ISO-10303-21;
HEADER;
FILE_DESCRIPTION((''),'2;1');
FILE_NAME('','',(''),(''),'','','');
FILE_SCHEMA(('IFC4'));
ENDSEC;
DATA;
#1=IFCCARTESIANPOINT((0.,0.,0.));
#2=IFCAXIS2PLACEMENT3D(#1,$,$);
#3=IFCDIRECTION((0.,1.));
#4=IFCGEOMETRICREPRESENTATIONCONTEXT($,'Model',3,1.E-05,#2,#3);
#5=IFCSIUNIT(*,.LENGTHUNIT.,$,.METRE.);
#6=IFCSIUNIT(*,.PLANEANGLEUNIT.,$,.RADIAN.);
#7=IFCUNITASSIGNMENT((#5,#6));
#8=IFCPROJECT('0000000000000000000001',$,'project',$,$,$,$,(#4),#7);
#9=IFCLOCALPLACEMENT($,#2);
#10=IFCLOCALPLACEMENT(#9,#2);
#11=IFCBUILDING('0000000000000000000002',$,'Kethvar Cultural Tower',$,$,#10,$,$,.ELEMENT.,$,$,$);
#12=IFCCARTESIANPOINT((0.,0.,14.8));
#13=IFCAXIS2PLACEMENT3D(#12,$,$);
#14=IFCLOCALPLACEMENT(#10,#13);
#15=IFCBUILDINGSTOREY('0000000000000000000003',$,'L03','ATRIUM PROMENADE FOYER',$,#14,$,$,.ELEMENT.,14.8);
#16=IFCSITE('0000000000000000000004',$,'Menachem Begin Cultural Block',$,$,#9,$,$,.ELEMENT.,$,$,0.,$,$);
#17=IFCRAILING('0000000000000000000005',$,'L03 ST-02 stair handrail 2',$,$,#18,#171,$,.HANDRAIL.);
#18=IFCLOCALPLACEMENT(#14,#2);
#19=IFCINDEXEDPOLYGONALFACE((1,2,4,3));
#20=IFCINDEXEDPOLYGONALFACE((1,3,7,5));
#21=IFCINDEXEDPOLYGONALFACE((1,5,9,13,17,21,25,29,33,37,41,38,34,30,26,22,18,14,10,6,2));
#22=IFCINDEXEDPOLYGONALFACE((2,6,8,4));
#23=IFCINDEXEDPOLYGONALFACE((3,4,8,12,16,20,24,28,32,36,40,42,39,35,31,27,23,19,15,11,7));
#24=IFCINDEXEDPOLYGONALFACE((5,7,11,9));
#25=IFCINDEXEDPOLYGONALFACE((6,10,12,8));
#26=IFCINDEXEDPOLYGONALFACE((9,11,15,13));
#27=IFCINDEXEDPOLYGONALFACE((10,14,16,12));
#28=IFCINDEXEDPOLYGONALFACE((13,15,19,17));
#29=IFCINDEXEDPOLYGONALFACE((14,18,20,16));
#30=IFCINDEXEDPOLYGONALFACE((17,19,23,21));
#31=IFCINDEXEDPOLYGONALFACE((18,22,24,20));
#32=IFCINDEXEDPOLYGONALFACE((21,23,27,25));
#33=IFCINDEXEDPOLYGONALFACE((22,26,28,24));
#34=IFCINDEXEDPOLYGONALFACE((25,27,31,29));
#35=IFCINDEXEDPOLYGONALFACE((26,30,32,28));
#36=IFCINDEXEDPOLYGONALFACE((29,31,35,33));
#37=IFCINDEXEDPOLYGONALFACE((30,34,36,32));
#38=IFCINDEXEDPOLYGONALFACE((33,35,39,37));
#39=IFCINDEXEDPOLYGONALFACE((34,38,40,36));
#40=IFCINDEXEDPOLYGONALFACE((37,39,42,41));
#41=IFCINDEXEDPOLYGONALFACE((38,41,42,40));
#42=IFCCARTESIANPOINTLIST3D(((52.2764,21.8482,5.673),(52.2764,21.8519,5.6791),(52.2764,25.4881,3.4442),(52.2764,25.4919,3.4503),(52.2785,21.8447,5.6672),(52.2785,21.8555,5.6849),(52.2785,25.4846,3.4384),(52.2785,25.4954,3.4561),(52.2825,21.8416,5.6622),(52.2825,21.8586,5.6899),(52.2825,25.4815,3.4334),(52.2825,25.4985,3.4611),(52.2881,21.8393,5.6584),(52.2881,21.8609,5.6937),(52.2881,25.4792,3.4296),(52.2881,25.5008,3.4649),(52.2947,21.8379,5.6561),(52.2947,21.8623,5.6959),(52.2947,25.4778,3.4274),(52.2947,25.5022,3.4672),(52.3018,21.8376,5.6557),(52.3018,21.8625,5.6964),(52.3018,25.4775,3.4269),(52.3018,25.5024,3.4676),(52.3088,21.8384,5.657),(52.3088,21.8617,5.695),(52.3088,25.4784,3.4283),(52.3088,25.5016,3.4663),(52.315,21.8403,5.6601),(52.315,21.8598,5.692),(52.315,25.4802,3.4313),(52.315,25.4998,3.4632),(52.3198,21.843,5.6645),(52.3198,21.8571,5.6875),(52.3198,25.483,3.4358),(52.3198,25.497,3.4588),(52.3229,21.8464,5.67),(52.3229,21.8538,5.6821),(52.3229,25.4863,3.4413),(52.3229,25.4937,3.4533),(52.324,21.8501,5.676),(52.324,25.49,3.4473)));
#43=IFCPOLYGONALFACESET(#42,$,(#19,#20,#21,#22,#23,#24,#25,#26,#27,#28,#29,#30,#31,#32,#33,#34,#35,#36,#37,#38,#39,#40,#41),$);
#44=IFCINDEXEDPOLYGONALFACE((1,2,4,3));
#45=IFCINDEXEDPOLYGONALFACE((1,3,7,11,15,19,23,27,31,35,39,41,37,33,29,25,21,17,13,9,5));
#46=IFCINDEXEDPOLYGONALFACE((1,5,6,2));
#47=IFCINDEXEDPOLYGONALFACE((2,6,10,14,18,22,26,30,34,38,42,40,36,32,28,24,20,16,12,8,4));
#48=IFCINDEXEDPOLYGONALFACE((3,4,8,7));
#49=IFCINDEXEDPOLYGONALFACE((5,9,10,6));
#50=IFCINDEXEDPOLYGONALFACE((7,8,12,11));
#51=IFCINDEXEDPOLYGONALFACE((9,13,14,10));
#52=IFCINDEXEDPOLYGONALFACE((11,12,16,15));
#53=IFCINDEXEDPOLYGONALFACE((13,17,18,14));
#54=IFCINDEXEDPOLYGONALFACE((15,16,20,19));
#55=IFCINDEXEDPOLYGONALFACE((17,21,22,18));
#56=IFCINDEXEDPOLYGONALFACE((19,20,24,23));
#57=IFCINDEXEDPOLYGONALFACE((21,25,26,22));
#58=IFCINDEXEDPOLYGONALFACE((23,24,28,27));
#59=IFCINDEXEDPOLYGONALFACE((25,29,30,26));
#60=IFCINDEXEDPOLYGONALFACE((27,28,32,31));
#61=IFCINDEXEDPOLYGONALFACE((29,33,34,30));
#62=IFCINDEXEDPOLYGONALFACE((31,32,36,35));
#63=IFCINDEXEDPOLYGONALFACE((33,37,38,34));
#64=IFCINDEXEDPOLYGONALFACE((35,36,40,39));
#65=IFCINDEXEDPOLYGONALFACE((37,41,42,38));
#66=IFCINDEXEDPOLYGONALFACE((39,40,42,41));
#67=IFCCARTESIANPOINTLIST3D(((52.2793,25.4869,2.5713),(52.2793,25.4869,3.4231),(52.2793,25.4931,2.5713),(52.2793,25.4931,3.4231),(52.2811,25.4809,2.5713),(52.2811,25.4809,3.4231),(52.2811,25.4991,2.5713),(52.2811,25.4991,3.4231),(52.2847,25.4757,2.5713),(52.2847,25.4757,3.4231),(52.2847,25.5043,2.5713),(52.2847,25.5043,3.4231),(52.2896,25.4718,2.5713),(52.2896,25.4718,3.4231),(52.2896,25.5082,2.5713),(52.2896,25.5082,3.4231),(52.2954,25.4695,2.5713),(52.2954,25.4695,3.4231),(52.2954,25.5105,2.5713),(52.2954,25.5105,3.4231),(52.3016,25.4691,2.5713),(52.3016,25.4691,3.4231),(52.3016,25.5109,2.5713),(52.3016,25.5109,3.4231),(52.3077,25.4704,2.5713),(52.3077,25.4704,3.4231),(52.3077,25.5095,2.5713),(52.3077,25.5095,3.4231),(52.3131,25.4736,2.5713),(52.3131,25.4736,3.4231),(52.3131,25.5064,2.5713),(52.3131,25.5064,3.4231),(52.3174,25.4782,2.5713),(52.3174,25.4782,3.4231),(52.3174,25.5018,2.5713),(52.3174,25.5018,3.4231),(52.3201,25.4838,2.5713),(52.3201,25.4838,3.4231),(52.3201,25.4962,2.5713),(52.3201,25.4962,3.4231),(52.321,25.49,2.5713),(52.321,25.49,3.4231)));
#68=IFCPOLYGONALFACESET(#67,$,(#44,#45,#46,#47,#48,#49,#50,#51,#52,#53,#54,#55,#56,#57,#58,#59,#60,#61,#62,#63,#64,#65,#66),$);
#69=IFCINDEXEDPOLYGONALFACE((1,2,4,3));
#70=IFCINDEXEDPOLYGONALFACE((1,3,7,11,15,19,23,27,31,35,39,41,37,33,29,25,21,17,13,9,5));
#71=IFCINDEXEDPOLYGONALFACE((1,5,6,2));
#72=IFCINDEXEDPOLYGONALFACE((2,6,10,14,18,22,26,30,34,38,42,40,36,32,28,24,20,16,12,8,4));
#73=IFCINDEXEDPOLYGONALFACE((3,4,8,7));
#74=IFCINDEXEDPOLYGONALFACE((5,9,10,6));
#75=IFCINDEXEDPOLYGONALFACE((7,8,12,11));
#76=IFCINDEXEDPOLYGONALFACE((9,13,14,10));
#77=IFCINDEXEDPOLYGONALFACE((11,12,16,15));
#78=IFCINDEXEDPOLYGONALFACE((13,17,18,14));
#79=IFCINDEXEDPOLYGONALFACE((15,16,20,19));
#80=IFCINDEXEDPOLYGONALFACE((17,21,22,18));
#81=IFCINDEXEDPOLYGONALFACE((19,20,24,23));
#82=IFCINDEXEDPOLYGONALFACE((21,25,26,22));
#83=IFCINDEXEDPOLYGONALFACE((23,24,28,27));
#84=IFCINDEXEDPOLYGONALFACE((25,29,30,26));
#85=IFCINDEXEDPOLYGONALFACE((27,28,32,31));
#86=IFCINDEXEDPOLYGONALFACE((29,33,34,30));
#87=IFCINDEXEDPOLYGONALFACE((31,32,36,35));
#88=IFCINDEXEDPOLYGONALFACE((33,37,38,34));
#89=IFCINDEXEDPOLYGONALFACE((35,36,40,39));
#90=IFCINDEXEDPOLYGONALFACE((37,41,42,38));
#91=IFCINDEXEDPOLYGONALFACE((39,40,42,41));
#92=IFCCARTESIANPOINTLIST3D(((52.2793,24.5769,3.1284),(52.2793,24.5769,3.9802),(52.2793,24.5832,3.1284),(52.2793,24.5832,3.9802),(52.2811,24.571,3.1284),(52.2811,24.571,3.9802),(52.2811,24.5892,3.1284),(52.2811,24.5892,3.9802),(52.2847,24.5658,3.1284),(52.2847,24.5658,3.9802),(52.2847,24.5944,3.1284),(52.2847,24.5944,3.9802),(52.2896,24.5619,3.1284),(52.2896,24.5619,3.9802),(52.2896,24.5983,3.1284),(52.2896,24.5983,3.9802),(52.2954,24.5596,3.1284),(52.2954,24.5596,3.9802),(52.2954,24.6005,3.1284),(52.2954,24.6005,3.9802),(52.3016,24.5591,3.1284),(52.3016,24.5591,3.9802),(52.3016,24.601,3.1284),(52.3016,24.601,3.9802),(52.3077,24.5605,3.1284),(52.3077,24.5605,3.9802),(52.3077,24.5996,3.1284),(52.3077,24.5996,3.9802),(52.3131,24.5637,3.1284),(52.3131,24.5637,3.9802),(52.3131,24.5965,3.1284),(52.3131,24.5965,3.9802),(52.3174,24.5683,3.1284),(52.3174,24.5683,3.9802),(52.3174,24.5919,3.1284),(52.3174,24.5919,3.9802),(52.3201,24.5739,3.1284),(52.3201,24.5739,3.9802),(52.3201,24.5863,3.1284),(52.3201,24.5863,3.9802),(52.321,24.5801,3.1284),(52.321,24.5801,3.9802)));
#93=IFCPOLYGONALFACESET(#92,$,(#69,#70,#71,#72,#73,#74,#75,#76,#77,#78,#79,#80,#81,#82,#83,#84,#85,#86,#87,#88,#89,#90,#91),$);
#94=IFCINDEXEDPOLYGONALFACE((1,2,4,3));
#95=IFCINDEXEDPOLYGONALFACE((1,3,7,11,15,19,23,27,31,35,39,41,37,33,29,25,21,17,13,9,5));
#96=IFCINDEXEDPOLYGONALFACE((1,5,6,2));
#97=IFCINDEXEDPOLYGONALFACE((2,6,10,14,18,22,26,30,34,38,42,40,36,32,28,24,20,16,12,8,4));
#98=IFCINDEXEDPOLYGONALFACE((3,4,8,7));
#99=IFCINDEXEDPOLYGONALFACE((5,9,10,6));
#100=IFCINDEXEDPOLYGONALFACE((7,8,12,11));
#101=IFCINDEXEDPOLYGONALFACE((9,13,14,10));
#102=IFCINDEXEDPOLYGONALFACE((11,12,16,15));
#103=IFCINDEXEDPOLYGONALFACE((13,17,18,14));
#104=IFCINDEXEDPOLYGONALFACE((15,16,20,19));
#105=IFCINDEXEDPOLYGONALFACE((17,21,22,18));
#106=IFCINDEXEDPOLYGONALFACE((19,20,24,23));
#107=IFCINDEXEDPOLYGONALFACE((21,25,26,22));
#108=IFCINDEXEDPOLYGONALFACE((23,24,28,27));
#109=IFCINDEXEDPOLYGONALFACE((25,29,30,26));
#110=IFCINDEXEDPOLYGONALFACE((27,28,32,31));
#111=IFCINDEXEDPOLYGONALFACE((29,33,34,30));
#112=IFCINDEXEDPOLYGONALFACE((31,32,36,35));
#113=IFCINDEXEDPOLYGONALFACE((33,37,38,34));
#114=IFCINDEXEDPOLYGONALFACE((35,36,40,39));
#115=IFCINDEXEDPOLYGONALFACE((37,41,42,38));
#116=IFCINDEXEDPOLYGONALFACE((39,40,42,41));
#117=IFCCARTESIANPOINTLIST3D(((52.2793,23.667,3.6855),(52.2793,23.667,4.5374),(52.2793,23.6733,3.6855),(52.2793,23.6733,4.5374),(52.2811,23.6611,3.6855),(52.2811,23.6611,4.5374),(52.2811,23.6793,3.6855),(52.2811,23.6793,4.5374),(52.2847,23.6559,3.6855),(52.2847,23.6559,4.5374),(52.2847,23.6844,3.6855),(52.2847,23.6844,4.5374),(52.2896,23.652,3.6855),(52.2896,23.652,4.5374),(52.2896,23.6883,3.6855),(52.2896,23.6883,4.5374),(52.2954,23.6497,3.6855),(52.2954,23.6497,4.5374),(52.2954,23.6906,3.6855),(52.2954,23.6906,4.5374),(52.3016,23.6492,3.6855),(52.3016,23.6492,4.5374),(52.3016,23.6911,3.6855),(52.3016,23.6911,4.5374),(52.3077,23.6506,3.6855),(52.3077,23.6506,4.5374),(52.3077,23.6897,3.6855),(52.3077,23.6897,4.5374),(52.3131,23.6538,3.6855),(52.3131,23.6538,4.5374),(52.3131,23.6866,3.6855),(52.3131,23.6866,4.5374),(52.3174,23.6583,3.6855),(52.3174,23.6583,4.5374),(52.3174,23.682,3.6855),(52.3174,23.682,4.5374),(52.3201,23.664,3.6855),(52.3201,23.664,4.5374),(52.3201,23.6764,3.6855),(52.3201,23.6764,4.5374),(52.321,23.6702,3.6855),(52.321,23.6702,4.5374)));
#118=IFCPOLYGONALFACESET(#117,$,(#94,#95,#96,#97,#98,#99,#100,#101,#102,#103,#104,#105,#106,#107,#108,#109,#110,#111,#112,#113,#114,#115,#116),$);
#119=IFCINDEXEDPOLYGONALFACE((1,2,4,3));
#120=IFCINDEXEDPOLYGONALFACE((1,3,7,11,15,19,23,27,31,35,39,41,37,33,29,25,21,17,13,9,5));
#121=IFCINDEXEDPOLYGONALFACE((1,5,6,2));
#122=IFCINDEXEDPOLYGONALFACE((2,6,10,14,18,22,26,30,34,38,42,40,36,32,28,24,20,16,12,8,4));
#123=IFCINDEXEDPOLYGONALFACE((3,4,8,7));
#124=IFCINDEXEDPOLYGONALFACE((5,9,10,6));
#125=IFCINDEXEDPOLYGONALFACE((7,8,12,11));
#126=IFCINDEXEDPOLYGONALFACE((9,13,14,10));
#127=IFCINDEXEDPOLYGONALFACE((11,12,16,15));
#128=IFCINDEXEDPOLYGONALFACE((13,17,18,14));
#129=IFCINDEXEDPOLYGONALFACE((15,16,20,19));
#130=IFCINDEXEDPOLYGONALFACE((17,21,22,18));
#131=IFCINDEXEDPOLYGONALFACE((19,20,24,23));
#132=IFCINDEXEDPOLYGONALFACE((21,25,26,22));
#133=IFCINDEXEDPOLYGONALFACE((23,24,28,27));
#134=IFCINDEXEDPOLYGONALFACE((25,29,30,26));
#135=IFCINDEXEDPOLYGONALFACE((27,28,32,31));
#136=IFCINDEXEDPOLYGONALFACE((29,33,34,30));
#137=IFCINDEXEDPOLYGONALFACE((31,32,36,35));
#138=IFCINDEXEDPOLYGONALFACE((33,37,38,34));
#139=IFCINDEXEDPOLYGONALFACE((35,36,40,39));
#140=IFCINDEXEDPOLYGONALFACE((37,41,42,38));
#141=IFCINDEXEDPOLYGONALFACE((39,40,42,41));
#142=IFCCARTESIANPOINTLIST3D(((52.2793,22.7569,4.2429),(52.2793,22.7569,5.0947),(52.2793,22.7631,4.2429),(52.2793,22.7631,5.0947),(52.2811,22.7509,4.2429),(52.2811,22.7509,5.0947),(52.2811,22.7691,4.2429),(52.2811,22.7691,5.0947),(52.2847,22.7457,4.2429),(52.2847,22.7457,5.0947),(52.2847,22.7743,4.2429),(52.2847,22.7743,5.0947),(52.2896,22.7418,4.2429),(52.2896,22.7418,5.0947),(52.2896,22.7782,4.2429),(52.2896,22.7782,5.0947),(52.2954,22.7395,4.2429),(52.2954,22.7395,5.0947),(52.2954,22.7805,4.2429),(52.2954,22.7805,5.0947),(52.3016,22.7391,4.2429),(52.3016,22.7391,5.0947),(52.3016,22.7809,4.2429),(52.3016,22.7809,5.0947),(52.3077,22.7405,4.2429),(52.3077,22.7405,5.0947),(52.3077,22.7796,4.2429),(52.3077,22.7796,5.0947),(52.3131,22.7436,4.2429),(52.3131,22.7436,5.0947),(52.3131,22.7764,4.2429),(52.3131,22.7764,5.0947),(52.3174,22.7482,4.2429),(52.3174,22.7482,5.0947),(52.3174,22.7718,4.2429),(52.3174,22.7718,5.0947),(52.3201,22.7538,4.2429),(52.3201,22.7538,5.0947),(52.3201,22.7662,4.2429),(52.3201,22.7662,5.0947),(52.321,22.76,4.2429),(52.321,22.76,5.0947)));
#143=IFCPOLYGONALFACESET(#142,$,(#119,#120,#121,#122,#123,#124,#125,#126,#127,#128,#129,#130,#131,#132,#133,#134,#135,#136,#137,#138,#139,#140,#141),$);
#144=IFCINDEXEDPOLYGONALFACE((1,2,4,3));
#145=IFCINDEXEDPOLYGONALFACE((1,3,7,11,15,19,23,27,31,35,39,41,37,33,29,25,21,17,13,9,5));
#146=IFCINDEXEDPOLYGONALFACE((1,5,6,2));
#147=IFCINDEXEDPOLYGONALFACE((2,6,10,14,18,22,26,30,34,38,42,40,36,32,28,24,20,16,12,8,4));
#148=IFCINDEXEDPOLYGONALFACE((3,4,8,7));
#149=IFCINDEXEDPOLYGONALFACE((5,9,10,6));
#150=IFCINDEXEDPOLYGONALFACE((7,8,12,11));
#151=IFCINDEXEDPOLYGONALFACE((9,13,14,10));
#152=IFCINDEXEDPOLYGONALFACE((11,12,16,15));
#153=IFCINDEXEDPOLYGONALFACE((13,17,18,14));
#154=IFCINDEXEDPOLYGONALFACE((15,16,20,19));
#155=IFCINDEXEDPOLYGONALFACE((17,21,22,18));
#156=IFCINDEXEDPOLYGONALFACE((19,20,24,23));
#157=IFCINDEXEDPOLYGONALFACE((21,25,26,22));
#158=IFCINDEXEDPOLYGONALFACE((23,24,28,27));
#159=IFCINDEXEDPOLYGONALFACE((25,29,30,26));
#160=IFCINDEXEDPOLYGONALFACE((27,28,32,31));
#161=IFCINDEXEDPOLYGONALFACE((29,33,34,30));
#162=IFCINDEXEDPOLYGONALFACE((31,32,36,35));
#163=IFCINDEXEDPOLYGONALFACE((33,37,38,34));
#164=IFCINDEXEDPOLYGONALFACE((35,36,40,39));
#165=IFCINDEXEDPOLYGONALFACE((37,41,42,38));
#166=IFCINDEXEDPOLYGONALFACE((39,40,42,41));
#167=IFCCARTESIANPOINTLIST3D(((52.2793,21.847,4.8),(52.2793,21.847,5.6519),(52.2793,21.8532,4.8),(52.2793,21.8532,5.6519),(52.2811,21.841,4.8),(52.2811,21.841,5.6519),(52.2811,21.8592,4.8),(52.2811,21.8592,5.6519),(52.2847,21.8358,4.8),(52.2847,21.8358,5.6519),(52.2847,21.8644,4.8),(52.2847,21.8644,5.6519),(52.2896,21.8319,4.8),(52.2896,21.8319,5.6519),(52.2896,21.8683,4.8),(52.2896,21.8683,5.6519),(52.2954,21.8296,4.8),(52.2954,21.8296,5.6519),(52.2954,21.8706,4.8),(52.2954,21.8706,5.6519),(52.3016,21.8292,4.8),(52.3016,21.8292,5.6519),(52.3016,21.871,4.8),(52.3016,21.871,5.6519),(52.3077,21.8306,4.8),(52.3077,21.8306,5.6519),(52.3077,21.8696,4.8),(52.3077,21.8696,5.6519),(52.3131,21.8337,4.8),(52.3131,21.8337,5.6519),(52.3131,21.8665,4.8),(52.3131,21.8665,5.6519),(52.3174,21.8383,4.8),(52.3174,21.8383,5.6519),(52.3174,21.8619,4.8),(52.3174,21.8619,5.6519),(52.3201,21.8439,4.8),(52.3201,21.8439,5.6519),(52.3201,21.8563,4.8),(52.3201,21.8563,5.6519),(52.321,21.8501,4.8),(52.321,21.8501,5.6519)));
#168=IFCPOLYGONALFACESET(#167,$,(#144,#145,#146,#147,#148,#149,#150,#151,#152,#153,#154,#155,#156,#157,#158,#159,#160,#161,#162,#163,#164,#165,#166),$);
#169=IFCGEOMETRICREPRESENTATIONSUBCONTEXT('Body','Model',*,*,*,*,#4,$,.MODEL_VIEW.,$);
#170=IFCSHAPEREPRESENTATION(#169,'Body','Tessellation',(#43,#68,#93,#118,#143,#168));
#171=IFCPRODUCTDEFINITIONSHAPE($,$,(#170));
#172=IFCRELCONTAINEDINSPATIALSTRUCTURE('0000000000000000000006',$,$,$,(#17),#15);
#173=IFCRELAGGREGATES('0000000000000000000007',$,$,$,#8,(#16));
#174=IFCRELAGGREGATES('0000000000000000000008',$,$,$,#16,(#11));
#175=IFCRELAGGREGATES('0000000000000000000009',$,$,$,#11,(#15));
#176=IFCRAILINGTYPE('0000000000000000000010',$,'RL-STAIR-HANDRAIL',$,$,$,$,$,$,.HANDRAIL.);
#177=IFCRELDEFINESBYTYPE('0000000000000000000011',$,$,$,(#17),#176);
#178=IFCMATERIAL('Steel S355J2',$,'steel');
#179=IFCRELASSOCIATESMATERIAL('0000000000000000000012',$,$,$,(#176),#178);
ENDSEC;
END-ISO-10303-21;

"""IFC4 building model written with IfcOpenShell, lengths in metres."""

from ifc_helpers import new_model, si_unit, direction, frame, origin, origin_2d, place, context, subcontext, project, spatial, circle, extrude, material, type_object, element, save


model = new_model("IFC4")

# Units and contexts
model_context = context("Model", 3, precision=1e-05, world=origin(), true_north=direction((0.0, 1.0)))
body_context = subcontext(model_context, "Body", "Model", "MODEL_VIEW")
ifc_project = project(units=[si_unit("LENGTHUNIT", "METRE"), si_unit("PLANEANGLEUNIT", "RADIAN")], contexts=[model_context])

# Site, building, storey
site_placement = place(None, origin())
site = spatial("IfcSite", under=ifc_project, at=site_placement, Name="Menachem Begin Cultural Block", CompositionType="ELEMENT", RefElevation=0.0)
building_placement = place(site_placement, origin())
building = spatial("IfcBuilding", under=site, at=building_placement, Name="Kethvar Cultural Tower", CompositionType="ELEMENT")
storey_placement = place(building_placement, frame((0.0, 0.0, 14.8)))
storey = spatial("IfcBuildingStorey", under=building, at=storey_placement, Name="L03", Description="ATRIUM PROMENADE FOYER", CompositionType="ELEMENT", Elevation=14.8)

# Shared definitions
ifc_material_1 = material(Name="Steel S355J2", Category="steel")

# Railing
railing_type_1 = type_object("IfcRailingType", Name="RL-STAIR-HANDRAIL", PredefinedType="HANDRAIL", material=ifc_material_1)
railing_1_placement = place(storey_placement, frame((52.3, 25.49, 2.5713)))
element("IfcRailing", 1, at=railing_1_placement, inside=storey, type_object=railing_type_1, Name="L03 ST-02 stair handrail 2", PredefinedType="HANDRAIL", context=body_context, shape_type="SweptSolid", body=[
    extrude(circle(Radius=0.0239, at=origin_2d()), frame((0.0, 0.0, 0.876), z_axis=(0.0, -0.852825, 0.522197), x_axis=(1.0, 0.0, 0.0)), (0.0, 0.0, 1.0), 4.2681),
    extrude(circle(Radius=0.021, at=origin_2d()), origin(), (0.0, 0.0, 1.0), 0.8518),
    extrude(circle(Radius=0.021, at=origin_2d()), frame((0.0, -0.9099, 0.5571)), (0.0, 0.0, 1.0), 0.8518),
    extrude(circle(Radius=0.021, at=origin_2d()), frame((0.0, -1.8198, 1.1143)), (0.0, 0.0, 1.0), 0.8518),
    extrude(circle(Radius=0.021, at=origin_2d()), frame((0.0, -2.73, 1.6716)), (0.0, 0.0, 1.0), 0.8518),
    extrude(circle(Radius=0.021, at=origin_2d()), frame((0.0, -3.6399, 2.2288)), (0.0, 0.0, 1.0), 0.8518),
])

save(model, "model.ifc")
